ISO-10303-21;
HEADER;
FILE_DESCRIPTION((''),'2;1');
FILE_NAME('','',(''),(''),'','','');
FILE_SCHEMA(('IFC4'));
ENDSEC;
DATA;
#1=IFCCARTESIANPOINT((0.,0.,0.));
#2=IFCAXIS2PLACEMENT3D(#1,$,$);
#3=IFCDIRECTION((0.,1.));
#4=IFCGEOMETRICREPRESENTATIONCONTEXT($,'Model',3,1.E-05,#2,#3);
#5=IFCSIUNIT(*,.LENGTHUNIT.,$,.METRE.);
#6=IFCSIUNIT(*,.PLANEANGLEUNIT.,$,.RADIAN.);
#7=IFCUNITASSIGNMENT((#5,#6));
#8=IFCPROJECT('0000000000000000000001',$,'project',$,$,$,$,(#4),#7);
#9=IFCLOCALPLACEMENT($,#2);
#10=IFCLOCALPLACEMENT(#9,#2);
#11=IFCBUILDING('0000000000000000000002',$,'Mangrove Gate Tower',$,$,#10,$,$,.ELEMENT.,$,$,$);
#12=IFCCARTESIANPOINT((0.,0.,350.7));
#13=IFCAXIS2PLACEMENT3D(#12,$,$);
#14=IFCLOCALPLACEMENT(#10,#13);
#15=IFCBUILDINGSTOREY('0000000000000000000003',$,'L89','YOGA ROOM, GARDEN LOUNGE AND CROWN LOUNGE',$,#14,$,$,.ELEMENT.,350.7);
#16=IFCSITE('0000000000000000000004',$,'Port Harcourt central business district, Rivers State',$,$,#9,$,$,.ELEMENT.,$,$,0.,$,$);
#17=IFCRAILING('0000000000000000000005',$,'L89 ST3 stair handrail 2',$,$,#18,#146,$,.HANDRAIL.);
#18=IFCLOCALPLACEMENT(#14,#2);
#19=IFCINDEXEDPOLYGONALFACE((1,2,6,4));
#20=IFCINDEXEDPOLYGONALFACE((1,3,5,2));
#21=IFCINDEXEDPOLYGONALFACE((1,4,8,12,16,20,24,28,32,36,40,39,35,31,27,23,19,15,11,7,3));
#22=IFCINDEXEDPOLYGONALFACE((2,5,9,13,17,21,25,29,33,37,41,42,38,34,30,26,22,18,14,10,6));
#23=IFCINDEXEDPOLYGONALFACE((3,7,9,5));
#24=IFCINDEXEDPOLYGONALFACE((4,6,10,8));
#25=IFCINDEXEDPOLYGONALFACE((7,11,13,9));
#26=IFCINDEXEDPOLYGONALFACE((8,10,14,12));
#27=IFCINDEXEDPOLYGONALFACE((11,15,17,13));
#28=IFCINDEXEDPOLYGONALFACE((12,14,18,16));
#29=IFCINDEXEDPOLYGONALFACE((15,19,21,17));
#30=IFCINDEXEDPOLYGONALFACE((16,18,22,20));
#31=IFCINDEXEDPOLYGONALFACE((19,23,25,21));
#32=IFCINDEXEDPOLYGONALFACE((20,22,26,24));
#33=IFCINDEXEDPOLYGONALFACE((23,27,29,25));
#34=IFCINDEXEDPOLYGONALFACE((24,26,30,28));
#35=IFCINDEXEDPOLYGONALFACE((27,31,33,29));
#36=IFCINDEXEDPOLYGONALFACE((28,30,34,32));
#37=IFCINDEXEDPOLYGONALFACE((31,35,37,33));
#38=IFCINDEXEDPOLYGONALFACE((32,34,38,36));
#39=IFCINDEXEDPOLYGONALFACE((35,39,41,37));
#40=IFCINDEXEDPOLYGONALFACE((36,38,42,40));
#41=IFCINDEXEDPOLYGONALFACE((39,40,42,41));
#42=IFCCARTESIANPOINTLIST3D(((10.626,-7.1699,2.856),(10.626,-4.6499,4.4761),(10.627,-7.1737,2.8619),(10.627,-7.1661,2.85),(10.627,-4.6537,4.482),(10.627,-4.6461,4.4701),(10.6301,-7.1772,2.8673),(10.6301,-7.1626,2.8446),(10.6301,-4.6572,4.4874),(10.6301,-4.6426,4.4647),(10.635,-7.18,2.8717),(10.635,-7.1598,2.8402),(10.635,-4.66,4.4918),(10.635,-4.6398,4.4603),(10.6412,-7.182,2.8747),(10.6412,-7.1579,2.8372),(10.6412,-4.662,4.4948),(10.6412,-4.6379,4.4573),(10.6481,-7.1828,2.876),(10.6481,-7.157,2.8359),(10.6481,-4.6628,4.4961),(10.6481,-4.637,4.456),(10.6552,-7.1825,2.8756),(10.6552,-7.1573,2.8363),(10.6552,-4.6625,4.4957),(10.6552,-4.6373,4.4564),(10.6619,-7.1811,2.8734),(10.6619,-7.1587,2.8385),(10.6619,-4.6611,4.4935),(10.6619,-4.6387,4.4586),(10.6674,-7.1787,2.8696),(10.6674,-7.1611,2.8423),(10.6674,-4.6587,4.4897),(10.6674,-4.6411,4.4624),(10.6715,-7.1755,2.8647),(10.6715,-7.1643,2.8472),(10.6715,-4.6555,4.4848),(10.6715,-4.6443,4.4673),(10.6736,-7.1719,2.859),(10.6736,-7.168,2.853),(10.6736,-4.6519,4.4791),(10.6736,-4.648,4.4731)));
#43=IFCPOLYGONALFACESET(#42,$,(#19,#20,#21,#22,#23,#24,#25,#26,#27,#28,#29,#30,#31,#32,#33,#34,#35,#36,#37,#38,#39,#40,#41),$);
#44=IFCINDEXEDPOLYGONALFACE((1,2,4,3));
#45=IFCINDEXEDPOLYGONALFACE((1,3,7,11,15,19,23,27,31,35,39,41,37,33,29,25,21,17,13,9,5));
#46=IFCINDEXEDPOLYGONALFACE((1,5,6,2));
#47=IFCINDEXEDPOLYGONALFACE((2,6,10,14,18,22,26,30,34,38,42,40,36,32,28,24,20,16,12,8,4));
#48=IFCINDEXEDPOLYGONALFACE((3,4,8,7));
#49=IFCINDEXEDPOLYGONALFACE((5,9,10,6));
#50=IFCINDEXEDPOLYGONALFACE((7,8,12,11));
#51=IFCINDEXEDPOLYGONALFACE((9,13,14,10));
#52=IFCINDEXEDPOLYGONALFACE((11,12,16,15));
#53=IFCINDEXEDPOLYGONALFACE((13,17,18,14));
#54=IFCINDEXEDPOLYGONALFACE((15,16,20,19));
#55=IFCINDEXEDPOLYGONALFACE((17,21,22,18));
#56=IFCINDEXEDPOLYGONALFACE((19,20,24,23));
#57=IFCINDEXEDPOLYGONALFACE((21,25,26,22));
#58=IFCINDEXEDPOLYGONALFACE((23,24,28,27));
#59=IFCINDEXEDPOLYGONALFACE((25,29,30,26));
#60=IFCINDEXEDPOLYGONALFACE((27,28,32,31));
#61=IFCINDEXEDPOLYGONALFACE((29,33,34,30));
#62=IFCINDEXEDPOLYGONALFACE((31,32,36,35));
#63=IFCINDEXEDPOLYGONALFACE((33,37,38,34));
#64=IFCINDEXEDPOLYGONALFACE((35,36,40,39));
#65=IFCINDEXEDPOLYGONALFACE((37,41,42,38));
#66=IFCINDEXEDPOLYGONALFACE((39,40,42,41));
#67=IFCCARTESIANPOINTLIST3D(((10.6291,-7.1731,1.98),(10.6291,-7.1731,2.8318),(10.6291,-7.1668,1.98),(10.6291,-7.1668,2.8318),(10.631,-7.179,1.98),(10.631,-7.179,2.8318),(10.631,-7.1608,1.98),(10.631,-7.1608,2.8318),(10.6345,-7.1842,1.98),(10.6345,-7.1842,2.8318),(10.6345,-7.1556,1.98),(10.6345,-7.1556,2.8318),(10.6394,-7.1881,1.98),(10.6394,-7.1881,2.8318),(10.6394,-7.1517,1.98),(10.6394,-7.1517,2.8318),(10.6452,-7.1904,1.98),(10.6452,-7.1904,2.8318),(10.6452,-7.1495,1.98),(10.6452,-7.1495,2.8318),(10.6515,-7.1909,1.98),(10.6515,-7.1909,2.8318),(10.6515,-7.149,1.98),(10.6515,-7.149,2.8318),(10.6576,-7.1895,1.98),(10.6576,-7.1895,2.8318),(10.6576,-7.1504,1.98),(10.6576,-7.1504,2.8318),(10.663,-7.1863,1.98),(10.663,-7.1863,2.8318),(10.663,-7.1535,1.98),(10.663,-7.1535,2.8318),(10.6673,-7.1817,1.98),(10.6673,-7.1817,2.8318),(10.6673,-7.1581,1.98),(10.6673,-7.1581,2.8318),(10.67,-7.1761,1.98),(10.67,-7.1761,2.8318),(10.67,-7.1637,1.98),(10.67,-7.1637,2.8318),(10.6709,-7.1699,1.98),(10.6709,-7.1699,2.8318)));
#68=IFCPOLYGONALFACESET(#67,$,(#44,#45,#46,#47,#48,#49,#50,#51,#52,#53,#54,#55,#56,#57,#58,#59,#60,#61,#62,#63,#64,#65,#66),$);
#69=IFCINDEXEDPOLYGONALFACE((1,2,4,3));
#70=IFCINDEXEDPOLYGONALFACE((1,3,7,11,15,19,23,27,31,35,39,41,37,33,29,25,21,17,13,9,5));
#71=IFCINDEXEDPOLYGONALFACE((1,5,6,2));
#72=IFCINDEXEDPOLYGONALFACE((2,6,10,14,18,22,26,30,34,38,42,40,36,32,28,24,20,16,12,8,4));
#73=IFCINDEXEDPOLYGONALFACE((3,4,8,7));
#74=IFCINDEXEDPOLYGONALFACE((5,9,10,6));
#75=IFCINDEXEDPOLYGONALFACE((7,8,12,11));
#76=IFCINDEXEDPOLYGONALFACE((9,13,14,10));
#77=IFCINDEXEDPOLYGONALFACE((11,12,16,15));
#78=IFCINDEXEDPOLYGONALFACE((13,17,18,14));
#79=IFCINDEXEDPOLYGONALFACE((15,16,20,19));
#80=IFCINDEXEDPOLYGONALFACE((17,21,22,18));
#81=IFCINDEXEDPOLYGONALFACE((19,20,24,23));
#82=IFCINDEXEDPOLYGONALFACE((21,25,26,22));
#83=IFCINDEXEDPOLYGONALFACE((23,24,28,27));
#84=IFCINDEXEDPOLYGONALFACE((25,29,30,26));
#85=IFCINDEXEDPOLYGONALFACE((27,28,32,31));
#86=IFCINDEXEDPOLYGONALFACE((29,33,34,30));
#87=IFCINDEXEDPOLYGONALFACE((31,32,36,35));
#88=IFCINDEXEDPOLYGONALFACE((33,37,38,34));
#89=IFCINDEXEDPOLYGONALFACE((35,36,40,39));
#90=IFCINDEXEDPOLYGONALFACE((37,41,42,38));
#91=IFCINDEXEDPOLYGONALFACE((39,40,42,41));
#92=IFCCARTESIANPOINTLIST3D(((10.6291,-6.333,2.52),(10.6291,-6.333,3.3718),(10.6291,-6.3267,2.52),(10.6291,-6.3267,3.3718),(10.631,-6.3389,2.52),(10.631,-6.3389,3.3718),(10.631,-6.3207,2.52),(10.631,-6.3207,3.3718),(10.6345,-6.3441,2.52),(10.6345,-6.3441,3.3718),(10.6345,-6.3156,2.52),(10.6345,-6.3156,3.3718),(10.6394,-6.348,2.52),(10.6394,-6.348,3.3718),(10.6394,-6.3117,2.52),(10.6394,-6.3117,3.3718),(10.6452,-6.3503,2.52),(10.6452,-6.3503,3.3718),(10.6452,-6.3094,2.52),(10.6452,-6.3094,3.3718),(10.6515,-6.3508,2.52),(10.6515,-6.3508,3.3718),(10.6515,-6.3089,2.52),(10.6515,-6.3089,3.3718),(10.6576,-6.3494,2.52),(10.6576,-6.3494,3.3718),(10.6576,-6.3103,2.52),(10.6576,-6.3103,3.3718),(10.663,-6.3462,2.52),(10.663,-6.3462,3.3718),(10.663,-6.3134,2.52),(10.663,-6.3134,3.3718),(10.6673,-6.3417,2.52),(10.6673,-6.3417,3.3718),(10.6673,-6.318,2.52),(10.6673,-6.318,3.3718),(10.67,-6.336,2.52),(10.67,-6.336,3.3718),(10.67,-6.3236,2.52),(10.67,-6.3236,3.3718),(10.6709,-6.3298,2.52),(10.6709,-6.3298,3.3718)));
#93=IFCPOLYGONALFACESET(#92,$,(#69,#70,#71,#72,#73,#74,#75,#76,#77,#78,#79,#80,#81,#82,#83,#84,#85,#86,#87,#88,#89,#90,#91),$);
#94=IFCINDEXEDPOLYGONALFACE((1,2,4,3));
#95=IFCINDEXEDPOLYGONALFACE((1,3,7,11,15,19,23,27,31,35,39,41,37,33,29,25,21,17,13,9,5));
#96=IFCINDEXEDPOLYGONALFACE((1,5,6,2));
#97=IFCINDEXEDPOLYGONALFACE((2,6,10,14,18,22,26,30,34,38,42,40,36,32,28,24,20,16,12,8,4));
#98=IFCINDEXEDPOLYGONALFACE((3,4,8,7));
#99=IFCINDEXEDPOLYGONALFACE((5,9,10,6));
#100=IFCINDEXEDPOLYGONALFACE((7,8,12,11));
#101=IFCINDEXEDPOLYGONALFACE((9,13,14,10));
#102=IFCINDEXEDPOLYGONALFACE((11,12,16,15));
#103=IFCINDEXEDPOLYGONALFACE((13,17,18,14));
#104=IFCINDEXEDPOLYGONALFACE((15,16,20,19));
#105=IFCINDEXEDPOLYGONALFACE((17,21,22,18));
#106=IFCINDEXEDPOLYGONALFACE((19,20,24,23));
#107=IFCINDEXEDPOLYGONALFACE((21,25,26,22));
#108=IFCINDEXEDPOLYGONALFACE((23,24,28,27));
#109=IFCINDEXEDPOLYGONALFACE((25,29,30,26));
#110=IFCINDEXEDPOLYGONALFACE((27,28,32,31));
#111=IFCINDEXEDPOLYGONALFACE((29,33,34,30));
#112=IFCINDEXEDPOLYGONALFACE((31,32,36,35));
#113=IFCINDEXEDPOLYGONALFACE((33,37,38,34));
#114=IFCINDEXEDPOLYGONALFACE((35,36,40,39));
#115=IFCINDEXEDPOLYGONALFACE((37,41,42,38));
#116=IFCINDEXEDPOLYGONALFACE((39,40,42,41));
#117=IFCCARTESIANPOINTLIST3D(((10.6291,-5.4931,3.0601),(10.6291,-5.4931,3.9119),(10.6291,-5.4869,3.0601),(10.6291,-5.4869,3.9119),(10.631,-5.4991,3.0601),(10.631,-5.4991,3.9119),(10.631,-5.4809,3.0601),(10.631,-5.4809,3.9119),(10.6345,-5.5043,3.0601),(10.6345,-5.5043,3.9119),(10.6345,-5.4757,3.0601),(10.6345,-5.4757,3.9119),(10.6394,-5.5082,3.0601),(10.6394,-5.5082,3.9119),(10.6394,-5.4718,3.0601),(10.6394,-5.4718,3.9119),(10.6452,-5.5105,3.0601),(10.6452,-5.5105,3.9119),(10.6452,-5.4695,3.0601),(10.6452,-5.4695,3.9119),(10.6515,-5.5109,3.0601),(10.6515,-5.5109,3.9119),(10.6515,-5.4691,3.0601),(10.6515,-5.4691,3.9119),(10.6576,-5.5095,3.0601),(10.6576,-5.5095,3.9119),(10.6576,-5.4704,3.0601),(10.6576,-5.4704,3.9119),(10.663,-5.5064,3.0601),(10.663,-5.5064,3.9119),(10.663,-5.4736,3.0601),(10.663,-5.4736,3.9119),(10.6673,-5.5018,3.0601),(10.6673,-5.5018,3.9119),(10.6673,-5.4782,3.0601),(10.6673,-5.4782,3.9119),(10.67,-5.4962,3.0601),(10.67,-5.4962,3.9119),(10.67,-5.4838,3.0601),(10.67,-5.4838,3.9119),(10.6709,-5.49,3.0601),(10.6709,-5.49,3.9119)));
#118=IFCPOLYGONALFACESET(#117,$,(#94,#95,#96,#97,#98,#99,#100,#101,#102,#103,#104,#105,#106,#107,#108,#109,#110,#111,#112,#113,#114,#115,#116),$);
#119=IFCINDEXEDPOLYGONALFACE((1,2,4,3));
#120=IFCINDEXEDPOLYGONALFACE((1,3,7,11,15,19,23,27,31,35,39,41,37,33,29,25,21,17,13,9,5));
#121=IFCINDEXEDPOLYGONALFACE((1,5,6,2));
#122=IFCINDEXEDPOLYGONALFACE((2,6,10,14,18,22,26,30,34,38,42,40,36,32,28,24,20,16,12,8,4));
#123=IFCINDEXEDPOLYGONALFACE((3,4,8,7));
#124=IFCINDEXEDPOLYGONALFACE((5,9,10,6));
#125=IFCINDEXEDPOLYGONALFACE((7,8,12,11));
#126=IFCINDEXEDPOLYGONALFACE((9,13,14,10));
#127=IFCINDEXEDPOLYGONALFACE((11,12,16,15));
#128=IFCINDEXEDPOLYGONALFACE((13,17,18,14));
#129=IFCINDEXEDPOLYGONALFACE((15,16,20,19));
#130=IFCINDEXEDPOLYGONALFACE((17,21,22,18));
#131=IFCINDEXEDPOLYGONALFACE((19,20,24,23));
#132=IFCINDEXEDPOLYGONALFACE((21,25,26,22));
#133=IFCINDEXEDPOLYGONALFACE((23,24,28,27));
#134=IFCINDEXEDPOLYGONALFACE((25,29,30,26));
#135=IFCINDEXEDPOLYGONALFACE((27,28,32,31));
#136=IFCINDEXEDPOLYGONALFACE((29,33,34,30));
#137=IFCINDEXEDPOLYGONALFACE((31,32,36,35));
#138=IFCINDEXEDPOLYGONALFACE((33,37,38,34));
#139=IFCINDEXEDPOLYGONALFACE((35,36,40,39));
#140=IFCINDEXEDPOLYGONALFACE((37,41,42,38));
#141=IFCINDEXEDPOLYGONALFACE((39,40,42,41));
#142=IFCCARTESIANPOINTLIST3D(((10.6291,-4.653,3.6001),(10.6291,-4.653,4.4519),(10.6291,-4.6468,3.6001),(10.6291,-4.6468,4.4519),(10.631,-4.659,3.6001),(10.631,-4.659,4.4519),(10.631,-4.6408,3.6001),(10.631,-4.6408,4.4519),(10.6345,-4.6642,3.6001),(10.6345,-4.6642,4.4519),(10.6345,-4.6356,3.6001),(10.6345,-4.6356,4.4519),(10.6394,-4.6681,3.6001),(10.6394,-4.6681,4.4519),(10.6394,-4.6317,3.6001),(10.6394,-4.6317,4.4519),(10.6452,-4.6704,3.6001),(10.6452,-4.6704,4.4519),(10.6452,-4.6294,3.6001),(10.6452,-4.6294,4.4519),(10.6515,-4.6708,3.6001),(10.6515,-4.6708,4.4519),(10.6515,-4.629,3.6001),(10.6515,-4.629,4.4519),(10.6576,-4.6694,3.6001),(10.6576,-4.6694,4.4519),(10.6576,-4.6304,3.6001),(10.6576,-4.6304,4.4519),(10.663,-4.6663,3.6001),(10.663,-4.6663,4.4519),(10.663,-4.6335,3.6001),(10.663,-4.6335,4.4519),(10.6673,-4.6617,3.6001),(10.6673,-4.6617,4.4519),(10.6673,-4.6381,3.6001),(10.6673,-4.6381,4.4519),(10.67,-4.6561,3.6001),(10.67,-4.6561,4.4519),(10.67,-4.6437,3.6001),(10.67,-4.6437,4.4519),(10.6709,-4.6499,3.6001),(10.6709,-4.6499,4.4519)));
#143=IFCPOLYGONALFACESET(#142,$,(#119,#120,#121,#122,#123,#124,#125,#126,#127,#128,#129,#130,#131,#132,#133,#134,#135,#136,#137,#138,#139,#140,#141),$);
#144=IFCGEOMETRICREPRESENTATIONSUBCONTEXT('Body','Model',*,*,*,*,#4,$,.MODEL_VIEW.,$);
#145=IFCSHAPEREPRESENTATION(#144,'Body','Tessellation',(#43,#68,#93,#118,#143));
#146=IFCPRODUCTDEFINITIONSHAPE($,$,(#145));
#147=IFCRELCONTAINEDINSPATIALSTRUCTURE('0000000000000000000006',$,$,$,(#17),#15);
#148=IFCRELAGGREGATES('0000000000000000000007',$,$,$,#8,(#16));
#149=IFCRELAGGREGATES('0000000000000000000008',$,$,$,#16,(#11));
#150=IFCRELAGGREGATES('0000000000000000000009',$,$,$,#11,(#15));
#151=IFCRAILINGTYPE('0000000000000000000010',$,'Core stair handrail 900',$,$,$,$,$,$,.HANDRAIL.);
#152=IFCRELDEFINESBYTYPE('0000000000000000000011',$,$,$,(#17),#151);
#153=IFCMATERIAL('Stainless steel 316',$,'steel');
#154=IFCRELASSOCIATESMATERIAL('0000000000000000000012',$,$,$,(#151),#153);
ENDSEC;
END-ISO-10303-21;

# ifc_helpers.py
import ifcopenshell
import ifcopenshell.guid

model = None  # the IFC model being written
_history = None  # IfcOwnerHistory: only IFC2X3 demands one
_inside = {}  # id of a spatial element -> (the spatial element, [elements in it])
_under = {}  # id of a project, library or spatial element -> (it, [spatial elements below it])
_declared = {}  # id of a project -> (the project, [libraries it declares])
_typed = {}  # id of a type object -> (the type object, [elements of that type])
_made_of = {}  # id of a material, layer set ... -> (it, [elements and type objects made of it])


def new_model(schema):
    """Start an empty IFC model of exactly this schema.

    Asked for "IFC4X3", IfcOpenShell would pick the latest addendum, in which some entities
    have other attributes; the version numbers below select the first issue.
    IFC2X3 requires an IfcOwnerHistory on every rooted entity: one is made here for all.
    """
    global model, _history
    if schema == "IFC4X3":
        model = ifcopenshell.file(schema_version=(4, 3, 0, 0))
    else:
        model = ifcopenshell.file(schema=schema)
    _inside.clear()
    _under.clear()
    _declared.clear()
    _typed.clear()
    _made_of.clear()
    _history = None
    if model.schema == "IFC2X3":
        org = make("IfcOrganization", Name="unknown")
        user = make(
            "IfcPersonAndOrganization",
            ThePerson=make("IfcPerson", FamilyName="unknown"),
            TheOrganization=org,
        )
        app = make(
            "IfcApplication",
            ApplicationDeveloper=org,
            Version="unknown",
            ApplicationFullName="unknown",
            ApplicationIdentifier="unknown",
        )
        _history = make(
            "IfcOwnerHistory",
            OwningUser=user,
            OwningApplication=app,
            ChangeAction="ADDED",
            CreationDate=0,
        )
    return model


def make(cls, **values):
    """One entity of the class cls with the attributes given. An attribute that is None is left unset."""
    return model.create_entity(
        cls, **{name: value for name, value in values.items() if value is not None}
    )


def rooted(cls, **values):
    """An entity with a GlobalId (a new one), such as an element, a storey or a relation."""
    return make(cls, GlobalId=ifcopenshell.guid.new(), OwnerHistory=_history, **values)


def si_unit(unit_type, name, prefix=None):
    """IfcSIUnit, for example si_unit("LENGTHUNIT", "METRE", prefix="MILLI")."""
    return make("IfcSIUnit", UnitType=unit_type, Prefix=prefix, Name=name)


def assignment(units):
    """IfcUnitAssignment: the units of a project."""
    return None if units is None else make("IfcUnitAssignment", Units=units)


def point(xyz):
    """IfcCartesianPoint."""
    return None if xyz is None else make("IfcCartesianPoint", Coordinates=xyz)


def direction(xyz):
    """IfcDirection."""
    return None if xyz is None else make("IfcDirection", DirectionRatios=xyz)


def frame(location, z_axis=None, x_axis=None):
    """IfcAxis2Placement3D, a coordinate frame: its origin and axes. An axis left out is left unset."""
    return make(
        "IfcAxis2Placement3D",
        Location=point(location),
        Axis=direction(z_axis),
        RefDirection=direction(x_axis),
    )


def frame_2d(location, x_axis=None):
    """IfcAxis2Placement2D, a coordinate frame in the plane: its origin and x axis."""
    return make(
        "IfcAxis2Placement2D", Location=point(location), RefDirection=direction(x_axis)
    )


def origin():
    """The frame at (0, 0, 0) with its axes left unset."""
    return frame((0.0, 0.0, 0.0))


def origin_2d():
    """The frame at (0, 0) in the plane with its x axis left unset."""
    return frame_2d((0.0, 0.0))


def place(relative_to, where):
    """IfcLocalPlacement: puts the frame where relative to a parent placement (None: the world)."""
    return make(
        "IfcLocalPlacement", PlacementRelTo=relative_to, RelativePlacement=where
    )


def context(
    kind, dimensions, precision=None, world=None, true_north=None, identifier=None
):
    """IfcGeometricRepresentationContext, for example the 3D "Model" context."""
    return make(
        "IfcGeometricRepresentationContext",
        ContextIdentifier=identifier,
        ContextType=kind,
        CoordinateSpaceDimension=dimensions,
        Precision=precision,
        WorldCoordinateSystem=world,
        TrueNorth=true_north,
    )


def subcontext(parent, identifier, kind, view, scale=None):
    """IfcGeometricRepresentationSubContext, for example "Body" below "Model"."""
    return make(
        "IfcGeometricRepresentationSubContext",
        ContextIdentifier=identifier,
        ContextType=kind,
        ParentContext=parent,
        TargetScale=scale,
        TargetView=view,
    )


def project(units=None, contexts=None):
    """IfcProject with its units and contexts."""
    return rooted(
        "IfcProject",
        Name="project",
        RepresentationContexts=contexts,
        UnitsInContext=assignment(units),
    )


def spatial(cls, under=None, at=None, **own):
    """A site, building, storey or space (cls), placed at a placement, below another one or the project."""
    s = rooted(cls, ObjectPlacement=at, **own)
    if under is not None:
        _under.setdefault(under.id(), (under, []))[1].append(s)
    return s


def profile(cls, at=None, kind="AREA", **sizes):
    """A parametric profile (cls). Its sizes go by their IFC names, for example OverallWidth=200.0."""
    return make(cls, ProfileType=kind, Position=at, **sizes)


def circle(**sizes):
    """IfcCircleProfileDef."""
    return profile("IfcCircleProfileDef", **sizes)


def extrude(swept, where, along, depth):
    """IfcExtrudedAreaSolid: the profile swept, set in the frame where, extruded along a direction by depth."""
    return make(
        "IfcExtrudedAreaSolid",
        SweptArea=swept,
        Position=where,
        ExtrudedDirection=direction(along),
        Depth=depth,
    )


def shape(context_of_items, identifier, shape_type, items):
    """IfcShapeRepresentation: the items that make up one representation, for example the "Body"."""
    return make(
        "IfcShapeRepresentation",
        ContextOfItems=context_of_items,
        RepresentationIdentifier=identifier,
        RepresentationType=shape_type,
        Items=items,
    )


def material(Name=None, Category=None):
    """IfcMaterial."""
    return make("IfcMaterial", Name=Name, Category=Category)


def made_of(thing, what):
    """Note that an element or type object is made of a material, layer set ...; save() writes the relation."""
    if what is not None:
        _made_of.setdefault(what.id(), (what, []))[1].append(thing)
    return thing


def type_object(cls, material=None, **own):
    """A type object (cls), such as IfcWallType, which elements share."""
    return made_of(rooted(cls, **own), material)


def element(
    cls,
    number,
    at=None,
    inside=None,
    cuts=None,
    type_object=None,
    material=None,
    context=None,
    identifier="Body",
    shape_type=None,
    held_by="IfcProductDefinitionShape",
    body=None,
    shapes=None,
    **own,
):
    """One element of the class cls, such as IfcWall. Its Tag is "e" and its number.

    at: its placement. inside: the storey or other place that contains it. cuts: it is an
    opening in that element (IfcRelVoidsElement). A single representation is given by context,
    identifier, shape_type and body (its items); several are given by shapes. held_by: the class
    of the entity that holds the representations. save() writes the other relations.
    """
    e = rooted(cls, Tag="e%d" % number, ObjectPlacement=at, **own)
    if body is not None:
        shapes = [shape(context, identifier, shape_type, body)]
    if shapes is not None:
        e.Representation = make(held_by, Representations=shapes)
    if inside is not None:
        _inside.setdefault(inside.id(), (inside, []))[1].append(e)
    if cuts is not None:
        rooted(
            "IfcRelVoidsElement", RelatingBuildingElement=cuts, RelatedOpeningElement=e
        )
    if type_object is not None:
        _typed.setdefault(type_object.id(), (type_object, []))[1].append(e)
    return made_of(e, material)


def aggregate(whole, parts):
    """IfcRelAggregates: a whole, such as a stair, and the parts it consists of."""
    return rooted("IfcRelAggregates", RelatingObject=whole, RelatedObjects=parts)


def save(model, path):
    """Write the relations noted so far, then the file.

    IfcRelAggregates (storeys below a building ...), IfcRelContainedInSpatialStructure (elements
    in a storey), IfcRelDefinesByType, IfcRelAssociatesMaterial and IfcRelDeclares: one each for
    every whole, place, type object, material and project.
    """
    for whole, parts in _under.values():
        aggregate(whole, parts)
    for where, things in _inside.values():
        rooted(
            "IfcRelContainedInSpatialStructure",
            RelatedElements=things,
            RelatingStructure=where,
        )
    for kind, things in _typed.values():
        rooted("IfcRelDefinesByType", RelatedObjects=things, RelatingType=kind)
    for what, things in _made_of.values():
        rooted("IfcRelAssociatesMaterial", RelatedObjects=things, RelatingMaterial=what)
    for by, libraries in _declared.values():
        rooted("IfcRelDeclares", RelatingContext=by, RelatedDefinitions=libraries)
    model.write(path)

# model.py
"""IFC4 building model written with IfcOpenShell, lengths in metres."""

from ifc_helpers import new_model, si_unit, direction, frame, origin, origin_2d, place, context, subcontext, project, spatial, circle, extrude, material, type_object, element, save


model = new_model("IFC4")

# Units and contexts
model_context = context("Model", 3, precision=1e-05, world=origin(), true_north=direction((0.0, 1.0)))
body_context = subcontext(model_context, "Body", "Model", "MODEL_VIEW")
ifc_project = project(units=[si_unit("LENGTHUNIT", "METRE"), si_unit("PLANEANGLEUNIT", "RADIAN")], contexts=[model_context])

# Site, building, storey
site_placement = place(None, origin())
site = spatial("IfcSite", under=ifc_project, at=site_placement, Name="Port Harcourt central business district, Rivers State", CompositionType="ELEMENT", RefElevation=0.0)
building_placement = place(site_placement, origin())
building = spatial("IfcBuilding", under=site, at=building_placement, Name="Mangrove Gate Tower", CompositionType="ELEMENT")
storey_placement = place(building_placement, frame((0.0, 0.0, 350.7)))
storey = spatial("IfcBuildingStorey", under=building, at=storey_placement, Name="L89", Description="YOGA ROOM, GARDEN LOUNGE AND CROWN LOUNGE", CompositionType="ELEMENT", Elevation=350.7)

# Railing
ifc_material_1 = material(Name="Stainless steel 316", Category="steel")
railing_type_1 = type_object("IfcRailingType", Name="Core stair handrail 900", PredefinedType="HANDRAIL", material=ifc_material_1)
railing_1_placement = place(storey_placement, frame((10.6499, -7.1699, 1.98)))
element("IfcRailing", 1, at=railing_1_placement, inside=storey, type_object=railing_type_1, Name="L89 ST3 stair handrail 2", PredefinedType="HANDRAIL", context=body_context, shape_type="SweptSolid", body=[
    extrude(circle(Radius=0.0239, at=origin_2d()), frame((0.0, 0.0, 0.876), z_axis=(0.0, 0.841163, 0.540782), x_axis=(-1.0, 0.0, 0.0)), (0.0, 0.0, 1.0), 2.9958),
    extrude(circle(Radius=0.021, at=origin_2d()), origin(), (0.0, 0.0, 1.0), 0.8518),
    extrude(circle(Radius=0.021, at=origin_2d()), frame((0.0, 0.8401, 0.54)), (0.0, 0.0, 1.0), 0.8518),
    extrude(circle(Radius=0.021, at=origin_2d()), frame((0.0, 1.6799, 1.0801)), (0.0, 0.0, 1.0), 0.8518),
    extrude(circle(Radius=0.021, at=origin_2d()), frame((0.0, 2.52, 1.6201)), (0.0, 0.0, 1.0), 0.8518),
])

save(model, "model.ifc")
